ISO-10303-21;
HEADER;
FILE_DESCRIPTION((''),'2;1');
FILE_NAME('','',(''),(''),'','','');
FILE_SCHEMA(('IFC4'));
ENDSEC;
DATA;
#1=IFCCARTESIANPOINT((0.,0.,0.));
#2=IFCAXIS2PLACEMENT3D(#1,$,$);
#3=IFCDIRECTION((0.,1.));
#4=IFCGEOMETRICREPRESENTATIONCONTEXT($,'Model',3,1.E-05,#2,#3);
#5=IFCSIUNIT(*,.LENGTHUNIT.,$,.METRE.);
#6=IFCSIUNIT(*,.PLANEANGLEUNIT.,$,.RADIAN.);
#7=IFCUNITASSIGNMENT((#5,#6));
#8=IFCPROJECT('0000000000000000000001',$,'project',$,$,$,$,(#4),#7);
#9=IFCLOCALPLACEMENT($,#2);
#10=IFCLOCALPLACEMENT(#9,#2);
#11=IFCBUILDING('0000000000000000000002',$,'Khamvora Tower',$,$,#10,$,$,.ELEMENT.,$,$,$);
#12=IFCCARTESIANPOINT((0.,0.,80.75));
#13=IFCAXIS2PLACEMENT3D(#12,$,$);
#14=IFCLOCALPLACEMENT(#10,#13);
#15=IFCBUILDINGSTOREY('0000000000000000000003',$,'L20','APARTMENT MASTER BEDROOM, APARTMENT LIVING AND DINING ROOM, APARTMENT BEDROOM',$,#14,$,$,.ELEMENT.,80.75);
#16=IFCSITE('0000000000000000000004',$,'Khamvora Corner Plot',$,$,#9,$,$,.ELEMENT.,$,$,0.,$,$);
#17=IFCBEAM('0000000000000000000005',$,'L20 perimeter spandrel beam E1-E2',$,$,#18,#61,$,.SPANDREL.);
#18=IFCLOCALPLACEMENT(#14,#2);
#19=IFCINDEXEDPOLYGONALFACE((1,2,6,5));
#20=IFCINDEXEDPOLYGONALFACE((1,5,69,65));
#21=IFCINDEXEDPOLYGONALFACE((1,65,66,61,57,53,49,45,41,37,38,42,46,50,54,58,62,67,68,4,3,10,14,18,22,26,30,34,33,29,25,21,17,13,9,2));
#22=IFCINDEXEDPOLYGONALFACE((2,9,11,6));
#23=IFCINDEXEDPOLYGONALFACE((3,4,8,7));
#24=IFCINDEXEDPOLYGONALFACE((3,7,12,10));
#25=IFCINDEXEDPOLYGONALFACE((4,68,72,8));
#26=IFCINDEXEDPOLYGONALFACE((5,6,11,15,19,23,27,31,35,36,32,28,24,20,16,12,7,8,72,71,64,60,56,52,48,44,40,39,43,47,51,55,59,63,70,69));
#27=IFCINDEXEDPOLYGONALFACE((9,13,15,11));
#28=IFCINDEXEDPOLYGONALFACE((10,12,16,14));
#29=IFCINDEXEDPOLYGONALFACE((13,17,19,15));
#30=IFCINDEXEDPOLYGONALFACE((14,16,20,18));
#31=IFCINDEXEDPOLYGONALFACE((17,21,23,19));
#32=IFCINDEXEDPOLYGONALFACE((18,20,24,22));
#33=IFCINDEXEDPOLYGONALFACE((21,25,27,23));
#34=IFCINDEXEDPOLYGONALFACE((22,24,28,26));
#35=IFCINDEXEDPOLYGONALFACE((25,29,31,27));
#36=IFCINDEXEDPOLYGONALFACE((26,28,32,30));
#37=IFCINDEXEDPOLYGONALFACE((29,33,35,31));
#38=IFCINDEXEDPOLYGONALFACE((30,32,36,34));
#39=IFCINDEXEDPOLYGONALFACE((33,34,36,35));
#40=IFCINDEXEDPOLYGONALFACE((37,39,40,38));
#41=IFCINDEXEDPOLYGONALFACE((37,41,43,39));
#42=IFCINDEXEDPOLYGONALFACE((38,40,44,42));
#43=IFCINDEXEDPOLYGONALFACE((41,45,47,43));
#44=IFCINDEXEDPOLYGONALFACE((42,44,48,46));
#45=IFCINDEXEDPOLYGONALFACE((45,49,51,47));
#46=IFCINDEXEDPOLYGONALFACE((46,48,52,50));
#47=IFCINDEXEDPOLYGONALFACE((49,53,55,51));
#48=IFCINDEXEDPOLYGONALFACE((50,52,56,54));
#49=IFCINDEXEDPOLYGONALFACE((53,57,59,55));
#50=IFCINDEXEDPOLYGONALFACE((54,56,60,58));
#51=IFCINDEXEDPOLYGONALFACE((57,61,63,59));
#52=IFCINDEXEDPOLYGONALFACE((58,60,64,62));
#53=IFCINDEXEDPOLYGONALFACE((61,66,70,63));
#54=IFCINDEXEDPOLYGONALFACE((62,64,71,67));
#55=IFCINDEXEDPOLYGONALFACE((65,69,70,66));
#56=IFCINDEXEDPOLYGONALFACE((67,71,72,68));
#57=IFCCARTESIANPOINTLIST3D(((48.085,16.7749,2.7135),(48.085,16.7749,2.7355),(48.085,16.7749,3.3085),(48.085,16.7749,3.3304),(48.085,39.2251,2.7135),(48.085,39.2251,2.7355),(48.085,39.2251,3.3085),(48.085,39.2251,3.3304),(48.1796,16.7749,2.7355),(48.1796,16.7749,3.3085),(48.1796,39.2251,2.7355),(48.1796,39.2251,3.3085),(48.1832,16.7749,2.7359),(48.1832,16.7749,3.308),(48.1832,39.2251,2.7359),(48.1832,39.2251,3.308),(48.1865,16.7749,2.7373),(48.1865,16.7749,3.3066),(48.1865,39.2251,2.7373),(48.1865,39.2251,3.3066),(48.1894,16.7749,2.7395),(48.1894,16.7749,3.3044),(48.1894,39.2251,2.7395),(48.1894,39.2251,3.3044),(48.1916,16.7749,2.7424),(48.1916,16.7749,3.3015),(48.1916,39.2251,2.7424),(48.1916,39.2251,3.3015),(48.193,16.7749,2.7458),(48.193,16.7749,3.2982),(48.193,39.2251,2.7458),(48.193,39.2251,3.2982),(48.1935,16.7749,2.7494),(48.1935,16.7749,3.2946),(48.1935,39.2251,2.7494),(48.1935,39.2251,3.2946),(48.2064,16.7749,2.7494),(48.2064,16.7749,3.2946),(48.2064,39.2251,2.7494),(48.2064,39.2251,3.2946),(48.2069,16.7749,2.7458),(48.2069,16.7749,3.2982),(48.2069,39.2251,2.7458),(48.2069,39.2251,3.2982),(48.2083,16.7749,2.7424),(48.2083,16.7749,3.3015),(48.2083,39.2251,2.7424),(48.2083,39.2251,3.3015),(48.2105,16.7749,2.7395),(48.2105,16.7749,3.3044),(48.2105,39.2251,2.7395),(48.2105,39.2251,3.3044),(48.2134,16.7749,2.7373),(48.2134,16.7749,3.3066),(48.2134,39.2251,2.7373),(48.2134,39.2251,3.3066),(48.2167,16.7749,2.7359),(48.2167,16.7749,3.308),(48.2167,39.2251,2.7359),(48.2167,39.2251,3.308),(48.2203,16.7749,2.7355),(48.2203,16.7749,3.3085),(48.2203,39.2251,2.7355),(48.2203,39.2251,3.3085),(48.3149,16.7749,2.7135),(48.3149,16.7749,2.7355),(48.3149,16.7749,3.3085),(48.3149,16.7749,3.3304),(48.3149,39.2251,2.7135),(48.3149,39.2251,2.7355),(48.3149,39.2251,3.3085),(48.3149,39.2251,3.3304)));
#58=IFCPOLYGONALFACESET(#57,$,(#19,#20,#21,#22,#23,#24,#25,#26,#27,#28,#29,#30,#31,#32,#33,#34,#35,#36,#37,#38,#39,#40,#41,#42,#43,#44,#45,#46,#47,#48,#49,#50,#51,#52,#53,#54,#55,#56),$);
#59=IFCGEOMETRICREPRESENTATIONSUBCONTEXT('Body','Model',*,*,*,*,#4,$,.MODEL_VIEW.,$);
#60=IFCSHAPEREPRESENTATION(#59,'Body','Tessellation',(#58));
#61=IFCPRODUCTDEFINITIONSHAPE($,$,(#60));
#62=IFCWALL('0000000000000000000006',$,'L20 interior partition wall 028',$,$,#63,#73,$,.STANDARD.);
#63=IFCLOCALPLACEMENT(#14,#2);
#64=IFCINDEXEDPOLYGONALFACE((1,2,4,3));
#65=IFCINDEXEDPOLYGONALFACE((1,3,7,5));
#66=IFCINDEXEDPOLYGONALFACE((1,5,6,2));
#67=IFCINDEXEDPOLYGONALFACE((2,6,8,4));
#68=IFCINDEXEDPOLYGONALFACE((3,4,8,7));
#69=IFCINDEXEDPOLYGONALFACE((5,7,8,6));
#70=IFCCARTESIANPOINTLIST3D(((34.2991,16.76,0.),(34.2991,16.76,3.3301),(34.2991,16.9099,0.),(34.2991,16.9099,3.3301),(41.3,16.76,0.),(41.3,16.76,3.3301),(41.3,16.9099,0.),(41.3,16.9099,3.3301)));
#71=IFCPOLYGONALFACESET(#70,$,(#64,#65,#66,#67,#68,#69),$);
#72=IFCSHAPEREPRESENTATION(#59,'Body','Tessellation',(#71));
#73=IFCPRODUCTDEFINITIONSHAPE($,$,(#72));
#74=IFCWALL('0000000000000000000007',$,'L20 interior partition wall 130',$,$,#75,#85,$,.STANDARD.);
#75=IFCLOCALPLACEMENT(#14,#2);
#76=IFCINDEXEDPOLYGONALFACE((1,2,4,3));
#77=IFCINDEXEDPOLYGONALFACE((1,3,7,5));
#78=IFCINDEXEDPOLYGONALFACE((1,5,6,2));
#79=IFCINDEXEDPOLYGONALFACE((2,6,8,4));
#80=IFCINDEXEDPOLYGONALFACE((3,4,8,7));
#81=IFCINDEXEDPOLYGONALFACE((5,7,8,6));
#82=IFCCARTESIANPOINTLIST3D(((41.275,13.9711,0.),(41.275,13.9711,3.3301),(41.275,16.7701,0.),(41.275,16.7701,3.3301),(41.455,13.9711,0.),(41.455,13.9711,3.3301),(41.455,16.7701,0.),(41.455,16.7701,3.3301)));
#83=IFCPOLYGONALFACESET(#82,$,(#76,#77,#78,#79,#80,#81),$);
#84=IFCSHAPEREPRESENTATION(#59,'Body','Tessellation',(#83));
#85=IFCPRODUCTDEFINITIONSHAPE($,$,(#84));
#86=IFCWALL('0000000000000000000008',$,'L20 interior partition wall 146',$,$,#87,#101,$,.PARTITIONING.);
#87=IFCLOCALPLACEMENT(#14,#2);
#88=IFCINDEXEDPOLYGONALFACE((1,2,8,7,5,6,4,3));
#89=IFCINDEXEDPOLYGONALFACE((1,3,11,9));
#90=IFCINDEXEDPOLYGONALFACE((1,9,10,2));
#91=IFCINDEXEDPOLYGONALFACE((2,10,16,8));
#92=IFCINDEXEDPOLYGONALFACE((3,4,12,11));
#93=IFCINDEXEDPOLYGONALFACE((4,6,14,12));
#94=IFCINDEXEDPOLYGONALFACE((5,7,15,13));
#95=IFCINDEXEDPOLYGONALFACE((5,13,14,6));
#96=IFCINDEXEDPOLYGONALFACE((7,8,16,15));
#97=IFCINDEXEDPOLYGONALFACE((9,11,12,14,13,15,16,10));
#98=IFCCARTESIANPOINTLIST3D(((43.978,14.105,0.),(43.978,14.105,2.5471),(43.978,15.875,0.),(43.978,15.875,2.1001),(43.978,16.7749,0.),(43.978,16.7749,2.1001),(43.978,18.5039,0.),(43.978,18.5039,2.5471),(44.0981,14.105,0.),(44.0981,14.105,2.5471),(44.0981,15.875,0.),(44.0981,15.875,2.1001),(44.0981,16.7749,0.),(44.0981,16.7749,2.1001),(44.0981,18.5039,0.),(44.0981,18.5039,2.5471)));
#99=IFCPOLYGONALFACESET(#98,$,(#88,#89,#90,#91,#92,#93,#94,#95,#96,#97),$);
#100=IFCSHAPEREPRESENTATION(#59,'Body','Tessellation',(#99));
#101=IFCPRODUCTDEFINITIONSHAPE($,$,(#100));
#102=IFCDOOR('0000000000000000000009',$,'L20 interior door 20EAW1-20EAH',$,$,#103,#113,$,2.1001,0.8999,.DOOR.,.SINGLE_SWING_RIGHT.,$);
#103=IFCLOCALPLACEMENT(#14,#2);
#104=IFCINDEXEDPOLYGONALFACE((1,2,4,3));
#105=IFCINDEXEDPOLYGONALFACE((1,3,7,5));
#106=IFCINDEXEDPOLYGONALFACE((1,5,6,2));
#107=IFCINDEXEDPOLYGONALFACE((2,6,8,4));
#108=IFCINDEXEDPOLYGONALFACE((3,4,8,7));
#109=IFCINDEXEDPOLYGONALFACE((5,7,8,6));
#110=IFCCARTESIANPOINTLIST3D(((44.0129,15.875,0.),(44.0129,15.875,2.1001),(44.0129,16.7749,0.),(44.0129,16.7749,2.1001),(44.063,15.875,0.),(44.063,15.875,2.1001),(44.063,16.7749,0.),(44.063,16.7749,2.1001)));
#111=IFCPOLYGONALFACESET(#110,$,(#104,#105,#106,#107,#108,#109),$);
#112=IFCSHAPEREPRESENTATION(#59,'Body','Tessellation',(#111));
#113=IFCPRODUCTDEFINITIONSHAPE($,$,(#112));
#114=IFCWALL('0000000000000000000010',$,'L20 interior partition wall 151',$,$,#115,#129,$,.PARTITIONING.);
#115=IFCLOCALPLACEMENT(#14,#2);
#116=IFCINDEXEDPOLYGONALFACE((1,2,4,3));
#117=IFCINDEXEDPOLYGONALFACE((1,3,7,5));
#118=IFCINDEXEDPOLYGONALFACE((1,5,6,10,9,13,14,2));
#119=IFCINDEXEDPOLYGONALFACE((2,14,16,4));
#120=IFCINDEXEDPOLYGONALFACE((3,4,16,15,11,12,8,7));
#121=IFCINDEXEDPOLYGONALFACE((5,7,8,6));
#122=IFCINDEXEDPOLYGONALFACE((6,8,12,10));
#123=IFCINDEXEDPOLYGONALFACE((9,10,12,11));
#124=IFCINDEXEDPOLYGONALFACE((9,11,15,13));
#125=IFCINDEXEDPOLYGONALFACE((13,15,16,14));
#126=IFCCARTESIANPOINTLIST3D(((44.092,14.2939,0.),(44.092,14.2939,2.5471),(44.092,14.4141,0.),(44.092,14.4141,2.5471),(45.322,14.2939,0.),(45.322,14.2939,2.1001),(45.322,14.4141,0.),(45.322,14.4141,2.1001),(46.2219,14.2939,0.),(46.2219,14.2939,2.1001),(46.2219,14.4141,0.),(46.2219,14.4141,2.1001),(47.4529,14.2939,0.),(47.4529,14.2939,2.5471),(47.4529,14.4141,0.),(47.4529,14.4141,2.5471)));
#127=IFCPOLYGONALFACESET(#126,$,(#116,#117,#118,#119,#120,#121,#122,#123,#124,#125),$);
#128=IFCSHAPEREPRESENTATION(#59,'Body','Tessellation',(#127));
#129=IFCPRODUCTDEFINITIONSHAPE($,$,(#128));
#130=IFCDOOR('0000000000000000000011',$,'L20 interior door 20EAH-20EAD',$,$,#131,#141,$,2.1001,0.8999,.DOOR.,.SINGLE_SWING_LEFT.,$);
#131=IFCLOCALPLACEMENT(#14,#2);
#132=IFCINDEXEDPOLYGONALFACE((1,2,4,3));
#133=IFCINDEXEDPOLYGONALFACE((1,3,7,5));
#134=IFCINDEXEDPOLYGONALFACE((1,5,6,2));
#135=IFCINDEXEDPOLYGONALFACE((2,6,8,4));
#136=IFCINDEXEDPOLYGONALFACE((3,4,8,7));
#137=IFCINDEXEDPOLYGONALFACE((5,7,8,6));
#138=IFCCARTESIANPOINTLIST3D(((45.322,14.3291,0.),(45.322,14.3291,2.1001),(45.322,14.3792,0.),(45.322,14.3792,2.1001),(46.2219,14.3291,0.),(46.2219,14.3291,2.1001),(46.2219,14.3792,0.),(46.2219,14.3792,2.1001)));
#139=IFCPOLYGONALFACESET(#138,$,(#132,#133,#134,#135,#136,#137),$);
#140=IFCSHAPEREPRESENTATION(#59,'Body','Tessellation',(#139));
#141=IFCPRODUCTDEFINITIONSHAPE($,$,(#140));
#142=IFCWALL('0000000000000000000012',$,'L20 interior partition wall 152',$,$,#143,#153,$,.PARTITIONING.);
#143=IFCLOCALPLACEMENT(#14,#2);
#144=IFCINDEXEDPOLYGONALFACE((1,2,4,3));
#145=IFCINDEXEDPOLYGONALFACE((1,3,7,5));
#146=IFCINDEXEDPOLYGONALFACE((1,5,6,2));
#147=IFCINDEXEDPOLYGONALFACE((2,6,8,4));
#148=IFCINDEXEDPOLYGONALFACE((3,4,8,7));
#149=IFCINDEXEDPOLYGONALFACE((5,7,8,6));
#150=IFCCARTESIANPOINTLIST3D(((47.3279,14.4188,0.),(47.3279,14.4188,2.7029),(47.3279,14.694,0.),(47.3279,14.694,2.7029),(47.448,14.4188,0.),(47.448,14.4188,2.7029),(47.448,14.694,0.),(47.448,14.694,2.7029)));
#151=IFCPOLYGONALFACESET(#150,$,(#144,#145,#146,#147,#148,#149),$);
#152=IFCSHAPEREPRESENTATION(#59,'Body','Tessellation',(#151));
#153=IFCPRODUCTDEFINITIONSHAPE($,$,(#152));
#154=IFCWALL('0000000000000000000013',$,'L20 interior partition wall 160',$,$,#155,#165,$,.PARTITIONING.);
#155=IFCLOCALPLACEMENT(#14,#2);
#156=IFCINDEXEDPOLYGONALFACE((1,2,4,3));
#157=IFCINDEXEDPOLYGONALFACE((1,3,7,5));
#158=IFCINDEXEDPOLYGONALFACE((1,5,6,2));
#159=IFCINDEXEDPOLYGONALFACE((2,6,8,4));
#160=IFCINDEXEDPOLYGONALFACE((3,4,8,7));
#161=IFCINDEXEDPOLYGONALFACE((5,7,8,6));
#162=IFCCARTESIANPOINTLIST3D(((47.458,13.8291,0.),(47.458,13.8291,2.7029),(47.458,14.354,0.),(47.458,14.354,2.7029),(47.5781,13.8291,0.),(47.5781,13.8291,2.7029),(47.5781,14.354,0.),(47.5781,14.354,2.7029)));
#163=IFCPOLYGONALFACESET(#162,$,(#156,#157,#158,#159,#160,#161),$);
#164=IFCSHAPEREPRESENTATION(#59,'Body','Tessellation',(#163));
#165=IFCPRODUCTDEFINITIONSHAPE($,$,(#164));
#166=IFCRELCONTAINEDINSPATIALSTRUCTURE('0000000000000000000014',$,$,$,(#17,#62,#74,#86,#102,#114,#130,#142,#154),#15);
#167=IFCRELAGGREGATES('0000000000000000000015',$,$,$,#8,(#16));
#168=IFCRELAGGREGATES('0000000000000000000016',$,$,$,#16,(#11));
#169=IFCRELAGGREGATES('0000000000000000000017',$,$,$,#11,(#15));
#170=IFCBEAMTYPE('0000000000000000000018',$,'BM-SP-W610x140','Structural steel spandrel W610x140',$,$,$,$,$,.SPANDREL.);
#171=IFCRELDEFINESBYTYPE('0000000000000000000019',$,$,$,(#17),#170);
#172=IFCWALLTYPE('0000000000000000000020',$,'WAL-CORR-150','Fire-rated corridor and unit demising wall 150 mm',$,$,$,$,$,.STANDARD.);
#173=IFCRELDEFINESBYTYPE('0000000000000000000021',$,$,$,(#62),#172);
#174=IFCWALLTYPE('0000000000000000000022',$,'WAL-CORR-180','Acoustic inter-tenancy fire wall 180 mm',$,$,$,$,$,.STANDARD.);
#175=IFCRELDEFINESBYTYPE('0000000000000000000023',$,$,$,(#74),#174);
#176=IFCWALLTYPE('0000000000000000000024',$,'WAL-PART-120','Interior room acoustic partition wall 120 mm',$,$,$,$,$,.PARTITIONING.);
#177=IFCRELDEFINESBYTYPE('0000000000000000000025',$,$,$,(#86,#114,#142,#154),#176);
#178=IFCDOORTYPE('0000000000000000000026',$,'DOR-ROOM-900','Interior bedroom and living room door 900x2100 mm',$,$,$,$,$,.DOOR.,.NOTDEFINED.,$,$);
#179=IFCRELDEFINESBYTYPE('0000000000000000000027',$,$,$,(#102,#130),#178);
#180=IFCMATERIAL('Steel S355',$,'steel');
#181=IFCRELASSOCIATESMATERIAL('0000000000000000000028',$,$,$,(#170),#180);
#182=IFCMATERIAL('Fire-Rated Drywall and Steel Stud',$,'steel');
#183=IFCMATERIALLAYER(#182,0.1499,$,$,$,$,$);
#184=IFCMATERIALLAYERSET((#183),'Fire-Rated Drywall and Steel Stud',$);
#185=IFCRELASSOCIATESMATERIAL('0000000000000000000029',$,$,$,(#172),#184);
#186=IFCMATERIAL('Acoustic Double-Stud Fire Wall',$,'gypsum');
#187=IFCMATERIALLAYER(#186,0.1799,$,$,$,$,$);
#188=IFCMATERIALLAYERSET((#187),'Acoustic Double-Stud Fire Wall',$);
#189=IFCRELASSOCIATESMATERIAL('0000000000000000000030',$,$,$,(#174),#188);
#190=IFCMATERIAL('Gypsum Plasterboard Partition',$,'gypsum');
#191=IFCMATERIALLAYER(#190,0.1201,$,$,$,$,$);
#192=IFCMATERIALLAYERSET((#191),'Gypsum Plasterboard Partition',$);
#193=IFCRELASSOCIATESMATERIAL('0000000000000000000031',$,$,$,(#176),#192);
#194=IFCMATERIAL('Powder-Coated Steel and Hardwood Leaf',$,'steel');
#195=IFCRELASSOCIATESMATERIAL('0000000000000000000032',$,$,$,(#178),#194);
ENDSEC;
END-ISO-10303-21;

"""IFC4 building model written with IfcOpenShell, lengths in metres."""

from ifc_helpers import new_model, si_unit, direction, frame, frame_2d, origin, origin_2d, place, context, subcontext, project, spatial, rectangle, i_section, extrude, material, layer, layer_set, material_profile, profile_set, type_object, element, fill, save


model = new_model("IFC4")

# Units and contexts
model_context = context("Model", 3, precision=1e-05, world=origin(), true_north=direction((0.0, 1.0)))
body_context = subcontext(model_context, "Body", "Model", "MODEL_VIEW")
ifc_project = project(units=[si_unit("LENGTHUNIT", "METRE"), si_unit("PLANEANGLEUNIT", "RADIAN")], contexts=[model_context])

# Site, building, storey
site_placement = place(None, origin())
site = spatial("IfcSite", under=ifc_project, at=site_placement, Name="Khamvora Corner Plot", CompositionType="ELEMENT", RefElevation=0.0)
building_placement = place(site_placement, origin())
building = spatial("IfcBuilding", under=site, at=building_placement, Name="Khamvora Tower", CompositionType="ELEMENT")
storey_placement = place(building_placement, frame((0.0, 0.0, 80.75)))
storey = spatial("IfcBuildingStorey", under=building, at=storey_placement, Name="L20", Description="APARTMENT MASTER BEDROOM, APARTMENT LIVING AND DINING ROOM, APARTMENT BEDROOM", CompositionType="ELEMENT", Elevation=80.75)

# Shared definitions
ifc_material_1 = material(Name="Steel S355", Category="steel")

# Beam
ifc_material_profile_1 = material_profile(ifc_material_1, i_section(OverallWidth=0.23, OverallDepth=0.6169, WebThickness=0.0129, FlangeThickness=0.022, FilletRadius=0.0139, at=origin_2d()), Name="W610x140")
ifc_profile_set_1 = profile_set([ifc_material_profile_1], Name="Steel S355")
beam_type_1 = type_object("IfcBeamType", Name="BM-SP-W610x140", Description="Structural steel spandrel W610x140", PredefinedType="SPANDREL", material=ifc_profile_set_1)
beam_1_placement = place(storey_placement, frame((48.2, 16.7749, 3.022), z_axis=(0.0, 1.0, 0.0), x_axis=(-1.0, 0.0, 0.0)))
element("IfcBeam", 1, at=beam_1_placement, inside=storey, type_object=beam_type_1, Name="L20 perimeter spandrel beam E1-E2", PredefinedType="SPANDREL", context=body_context, shape_type="SweptSolid", body=[
    extrude(i_section(OverallWidth=0.23, OverallDepth=0.6169, WebThickness=0.0129, FlangeThickness=0.022, FilletRadius=0.0139, at=origin_2d()), origin(), (0.0, 0.0, 1.0), 22.4502),
])

# Walls
ifc_material_2 = material(Name="Fire-Rated Drywall and Steel Stud", Category="steel")
ifc_layer_1 = layer(ifc_material_2, 0.1499)
ifc_layer_set_1 = layer_set([ifc_layer_1], Name="Fire-Rated Drywall and Steel Stud")
wall_type_1 = type_object("IfcWallType", Name="WAL-CORR-150", Description="Fire-rated corridor and unit demising wall 150 mm", PredefinedType="STANDARD", material=ifc_layer_set_1)
wall_1_placement = place(storey_placement, frame((41.3, 16.835, 0.0), z_axis=(0.0, 0.0, 1.0), x_axis=(-1.0, 0.0, 0.0)))
element("IfcWall", 2, at=wall_1_placement, inside=storey, type_object=wall_type_1, Name="L20 interior partition wall 028", PredefinedType="STANDARD", context=body_context, shape_type="SweptSolid", body=[
    extrude(rectangle(XDim=7.001, YDim=0.1499, at=frame_2d((3.5005, 0.0))), origin(), (0.0, 0.0, 1.0), 3.3301),
])
ifc_material_3 = material(Name="Acoustic Double-Stud Fire Wall", Category="gypsum")
ifc_layer_2 = layer(ifc_material_3, 0.1799)
ifc_layer_set_2 = layer_set([ifc_layer_2], Name="Acoustic Double-Stud Fire Wall")
wall_type_2 = type_object("IfcWallType", Name="WAL-CORR-180", Description="Acoustic inter-tenancy fire wall 180 mm", PredefinedType="STANDARD", material=ifc_layer_set_2)
wall_2_placement = place(storey_placement, frame((41.365, 16.77, 0.0), z_axis=(0.0, 0.0, 1.0), x_axis=(0.0, -1.0, 0.0)))
element("IfcWall", 3, at=wall_2_placement, inside=storey, type_object=wall_type_2, Name="L20 interior partition wall 130", PredefinedType="STANDARD", context=body_context, shape_type="SweptSolid", body=[
    extrude(rectangle(XDim=2.7991, YDim=0.1799, at=frame_2d((1.3994, 0.0))), origin(), (0.0, 0.0, 1.0), 3.3301),
])

# Walls, openings, doors
ifc_material_4 = material(Name="Gypsum Plasterboard Partition", Category="gypsum")
ifc_layer_3 = layer(ifc_material_4, 0.1201)
ifc_layer_set_3 = layer_set([ifc_layer_3], Name="Gypsum Plasterboard Partition")
wall_type_3 = type_object("IfcWallType", Name="WAL-PART-120", Description="Interior room acoustic partition wall 120 mm", PredefinedType="PARTITIONING", material=ifc_layer_set_3)
wall_3_placement = place(storey_placement, frame((44.0381, 18.5039, 0.0), z_axis=(0.0, 0.0, 1.0), x_axis=(0.0, -1.0, 0.0)))
wall_3 = element("IfcWall", 4, at=wall_3_placement, inside=storey, type_object=wall_type_3, Name="L20 interior partition wall 146", PredefinedType="PARTITIONING", context=body_context, shape_type="SweptSolid", body=[
    extrude(rectangle(XDim=4.3989, YDim=0.1201, at=frame_2d((2.1995, 0.0))), origin(), (0.0, 0.0, 1.0), 2.5471),
])
opening_1_placement = place(wall_3_placement, frame((1.729, 0.0, 0.0)))
opening_1 = element("IfcOpeningElement", 5, at=opening_1_placement, cuts=wall_3, PredefinedType="OPENING", context=body_context, shape_type="SweptSolid", body=[
    extrude(rectangle(XDim=0.8999, YDim=2.1001, at=frame_2d((0.45, 1.05))), frame((0.0, 0.0701, 0.0), z_axis=(0.0, -1.0, 0.0), x_axis=(1.0, 0.0, 0.0)), (0.0, 0.0, 1.0), 0.1401),
])
ifc_material_5 = material(Name="Powder-Coated Steel and Hardwood Leaf", Category="steel")
door_type = type_object("IfcDoorType", Name="DOR-ROOM-900", Description="Interior bedroom and living room door 900x2100 mm", OperationType="NOTDEFINED", PredefinedType="DOOR", material=ifc_material_5)
door_1_placement = place(opening_1_placement, origin())
door_1 = element("IfcDoor", 6, at=door_1_placement, inside=storey, type_object=door_type, Name="L20 interior door 20EAW1-20EAH", OperationType="SINGLE_SWING_RIGHT", OverallHeight=2.1001, OverallWidth=0.8999, PredefinedType="DOOR", context=body_context, shape_type="SweptSolid", body=[
    extrude(rectangle(XDim=0.8999, YDim=2.1001, at=frame_2d((0.45, 1.05))), frame((0.0, 0.0249, 0.0), z_axis=(0.0, -1.0, 0.0), x_axis=(1.0, 0.0, 0.0)), (0.0, 0.0, 1.0), 0.05),
])
fill(opening_1, door_1)
wall_4_placement = place(storey_placement, frame((47.4529, 14.354, 0.0), z_axis=(0.0, 0.0, 1.0), x_axis=(-1.0, 0.0, 0.0)))
wall_4 = element("IfcWall", 7, at=wall_4_placement, inside=storey, type_object=wall_type_3, Name="L20 interior partition wall 151", PredefinedType="PARTITIONING", context=body_context, shape_type="SweptSolid", body=[
    extrude(rectangle(XDim=3.3608, YDim=0.1201, at=frame_2d((1.6804, 0.0))), origin(), (0.0, 0.0, 1.0), 2.5471),
])
opening_2_placement = place(wall_4_placement, frame((1.231, 0.0, 0.0)))
opening_2 = element("IfcOpeningElement", 8, at=opening_2_placement, cuts=wall_4, PredefinedType="OPENING", context=body_context, shape_type="SweptSolid", body=[
    extrude(rectangle(XDim=0.8999, YDim=2.1001, at=frame_2d((0.45, 1.05))), frame((0.0, 0.0701, 0.0), z_axis=(0.0, -1.0, 0.0), x_axis=(1.0, 0.0, 0.0)), (0.0, 0.0, 1.0), 0.1401),
])
door_2_placement = place(opening_2_placement, origin())
door_2 = element("IfcDoor", 9, at=door_2_placement, inside=storey, type_object=door_type, Name="L20 interior door 20EAH-20EAD", OperationType="SINGLE_SWING_LEFT", OverallHeight=2.1001, OverallWidth=0.8999, PredefinedType="DOOR", context=body_context, shape_type="SweptSolid", body=[
    extrude(rectangle(XDim=0.8999, YDim=2.1001, at=frame_2d((0.45, 1.05))), frame((0.0, 0.0249, 0.0), z_axis=(0.0, -1.0, 0.0), x_axis=(1.0, 0.0, 0.0)), (0.0, 0.0, 1.0), 0.05),
])
fill(opening_2, door_2)

# Walls
wall_5_placement = place(storey_placement, frame((47.3879, 14.6941, 0.0), z_axis=(0.0, 0.0, 1.0), x_axis=(0.0, -1.0, 0.0)))
element("IfcWall", 10, at=wall_5_placement, inside=storey, type_object=wall_type_3, Name="L20 interior partition wall 152", PredefinedType="PARTITIONING", context=body_context, shape_type="SweptSolid", body=[
    extrude(rectangle(XDim=0.2751, YDim=0.1201, at=frame_2d((0.1377, 0.0))), origin(), (0.0, 0.0, 1.0), 2.7029),
])
wall_6_placement = place(storey_placement, frame((47.5181, 14.354, 0.0), z_axis=(0.0, 0.0, 1.0), x_axis=(0.0, -1.0, 0.0)))
element("IfcWall", 11, at=wall_6_placement, inside=storey, type_object=wall_type_3, Name="L20 interior partition wall 160", PredefinedType="PARTITIONING", context=body_context, shape_type="SweptSolid", body=[
    extrude(rectangle(XDim=0.5249, YDim=0.1201, at=frame_2d((0.2625, 0.0))), origin(), (0.0, 0.0, 1.0), 2.7029),
])

save(model, "model.ifc")
